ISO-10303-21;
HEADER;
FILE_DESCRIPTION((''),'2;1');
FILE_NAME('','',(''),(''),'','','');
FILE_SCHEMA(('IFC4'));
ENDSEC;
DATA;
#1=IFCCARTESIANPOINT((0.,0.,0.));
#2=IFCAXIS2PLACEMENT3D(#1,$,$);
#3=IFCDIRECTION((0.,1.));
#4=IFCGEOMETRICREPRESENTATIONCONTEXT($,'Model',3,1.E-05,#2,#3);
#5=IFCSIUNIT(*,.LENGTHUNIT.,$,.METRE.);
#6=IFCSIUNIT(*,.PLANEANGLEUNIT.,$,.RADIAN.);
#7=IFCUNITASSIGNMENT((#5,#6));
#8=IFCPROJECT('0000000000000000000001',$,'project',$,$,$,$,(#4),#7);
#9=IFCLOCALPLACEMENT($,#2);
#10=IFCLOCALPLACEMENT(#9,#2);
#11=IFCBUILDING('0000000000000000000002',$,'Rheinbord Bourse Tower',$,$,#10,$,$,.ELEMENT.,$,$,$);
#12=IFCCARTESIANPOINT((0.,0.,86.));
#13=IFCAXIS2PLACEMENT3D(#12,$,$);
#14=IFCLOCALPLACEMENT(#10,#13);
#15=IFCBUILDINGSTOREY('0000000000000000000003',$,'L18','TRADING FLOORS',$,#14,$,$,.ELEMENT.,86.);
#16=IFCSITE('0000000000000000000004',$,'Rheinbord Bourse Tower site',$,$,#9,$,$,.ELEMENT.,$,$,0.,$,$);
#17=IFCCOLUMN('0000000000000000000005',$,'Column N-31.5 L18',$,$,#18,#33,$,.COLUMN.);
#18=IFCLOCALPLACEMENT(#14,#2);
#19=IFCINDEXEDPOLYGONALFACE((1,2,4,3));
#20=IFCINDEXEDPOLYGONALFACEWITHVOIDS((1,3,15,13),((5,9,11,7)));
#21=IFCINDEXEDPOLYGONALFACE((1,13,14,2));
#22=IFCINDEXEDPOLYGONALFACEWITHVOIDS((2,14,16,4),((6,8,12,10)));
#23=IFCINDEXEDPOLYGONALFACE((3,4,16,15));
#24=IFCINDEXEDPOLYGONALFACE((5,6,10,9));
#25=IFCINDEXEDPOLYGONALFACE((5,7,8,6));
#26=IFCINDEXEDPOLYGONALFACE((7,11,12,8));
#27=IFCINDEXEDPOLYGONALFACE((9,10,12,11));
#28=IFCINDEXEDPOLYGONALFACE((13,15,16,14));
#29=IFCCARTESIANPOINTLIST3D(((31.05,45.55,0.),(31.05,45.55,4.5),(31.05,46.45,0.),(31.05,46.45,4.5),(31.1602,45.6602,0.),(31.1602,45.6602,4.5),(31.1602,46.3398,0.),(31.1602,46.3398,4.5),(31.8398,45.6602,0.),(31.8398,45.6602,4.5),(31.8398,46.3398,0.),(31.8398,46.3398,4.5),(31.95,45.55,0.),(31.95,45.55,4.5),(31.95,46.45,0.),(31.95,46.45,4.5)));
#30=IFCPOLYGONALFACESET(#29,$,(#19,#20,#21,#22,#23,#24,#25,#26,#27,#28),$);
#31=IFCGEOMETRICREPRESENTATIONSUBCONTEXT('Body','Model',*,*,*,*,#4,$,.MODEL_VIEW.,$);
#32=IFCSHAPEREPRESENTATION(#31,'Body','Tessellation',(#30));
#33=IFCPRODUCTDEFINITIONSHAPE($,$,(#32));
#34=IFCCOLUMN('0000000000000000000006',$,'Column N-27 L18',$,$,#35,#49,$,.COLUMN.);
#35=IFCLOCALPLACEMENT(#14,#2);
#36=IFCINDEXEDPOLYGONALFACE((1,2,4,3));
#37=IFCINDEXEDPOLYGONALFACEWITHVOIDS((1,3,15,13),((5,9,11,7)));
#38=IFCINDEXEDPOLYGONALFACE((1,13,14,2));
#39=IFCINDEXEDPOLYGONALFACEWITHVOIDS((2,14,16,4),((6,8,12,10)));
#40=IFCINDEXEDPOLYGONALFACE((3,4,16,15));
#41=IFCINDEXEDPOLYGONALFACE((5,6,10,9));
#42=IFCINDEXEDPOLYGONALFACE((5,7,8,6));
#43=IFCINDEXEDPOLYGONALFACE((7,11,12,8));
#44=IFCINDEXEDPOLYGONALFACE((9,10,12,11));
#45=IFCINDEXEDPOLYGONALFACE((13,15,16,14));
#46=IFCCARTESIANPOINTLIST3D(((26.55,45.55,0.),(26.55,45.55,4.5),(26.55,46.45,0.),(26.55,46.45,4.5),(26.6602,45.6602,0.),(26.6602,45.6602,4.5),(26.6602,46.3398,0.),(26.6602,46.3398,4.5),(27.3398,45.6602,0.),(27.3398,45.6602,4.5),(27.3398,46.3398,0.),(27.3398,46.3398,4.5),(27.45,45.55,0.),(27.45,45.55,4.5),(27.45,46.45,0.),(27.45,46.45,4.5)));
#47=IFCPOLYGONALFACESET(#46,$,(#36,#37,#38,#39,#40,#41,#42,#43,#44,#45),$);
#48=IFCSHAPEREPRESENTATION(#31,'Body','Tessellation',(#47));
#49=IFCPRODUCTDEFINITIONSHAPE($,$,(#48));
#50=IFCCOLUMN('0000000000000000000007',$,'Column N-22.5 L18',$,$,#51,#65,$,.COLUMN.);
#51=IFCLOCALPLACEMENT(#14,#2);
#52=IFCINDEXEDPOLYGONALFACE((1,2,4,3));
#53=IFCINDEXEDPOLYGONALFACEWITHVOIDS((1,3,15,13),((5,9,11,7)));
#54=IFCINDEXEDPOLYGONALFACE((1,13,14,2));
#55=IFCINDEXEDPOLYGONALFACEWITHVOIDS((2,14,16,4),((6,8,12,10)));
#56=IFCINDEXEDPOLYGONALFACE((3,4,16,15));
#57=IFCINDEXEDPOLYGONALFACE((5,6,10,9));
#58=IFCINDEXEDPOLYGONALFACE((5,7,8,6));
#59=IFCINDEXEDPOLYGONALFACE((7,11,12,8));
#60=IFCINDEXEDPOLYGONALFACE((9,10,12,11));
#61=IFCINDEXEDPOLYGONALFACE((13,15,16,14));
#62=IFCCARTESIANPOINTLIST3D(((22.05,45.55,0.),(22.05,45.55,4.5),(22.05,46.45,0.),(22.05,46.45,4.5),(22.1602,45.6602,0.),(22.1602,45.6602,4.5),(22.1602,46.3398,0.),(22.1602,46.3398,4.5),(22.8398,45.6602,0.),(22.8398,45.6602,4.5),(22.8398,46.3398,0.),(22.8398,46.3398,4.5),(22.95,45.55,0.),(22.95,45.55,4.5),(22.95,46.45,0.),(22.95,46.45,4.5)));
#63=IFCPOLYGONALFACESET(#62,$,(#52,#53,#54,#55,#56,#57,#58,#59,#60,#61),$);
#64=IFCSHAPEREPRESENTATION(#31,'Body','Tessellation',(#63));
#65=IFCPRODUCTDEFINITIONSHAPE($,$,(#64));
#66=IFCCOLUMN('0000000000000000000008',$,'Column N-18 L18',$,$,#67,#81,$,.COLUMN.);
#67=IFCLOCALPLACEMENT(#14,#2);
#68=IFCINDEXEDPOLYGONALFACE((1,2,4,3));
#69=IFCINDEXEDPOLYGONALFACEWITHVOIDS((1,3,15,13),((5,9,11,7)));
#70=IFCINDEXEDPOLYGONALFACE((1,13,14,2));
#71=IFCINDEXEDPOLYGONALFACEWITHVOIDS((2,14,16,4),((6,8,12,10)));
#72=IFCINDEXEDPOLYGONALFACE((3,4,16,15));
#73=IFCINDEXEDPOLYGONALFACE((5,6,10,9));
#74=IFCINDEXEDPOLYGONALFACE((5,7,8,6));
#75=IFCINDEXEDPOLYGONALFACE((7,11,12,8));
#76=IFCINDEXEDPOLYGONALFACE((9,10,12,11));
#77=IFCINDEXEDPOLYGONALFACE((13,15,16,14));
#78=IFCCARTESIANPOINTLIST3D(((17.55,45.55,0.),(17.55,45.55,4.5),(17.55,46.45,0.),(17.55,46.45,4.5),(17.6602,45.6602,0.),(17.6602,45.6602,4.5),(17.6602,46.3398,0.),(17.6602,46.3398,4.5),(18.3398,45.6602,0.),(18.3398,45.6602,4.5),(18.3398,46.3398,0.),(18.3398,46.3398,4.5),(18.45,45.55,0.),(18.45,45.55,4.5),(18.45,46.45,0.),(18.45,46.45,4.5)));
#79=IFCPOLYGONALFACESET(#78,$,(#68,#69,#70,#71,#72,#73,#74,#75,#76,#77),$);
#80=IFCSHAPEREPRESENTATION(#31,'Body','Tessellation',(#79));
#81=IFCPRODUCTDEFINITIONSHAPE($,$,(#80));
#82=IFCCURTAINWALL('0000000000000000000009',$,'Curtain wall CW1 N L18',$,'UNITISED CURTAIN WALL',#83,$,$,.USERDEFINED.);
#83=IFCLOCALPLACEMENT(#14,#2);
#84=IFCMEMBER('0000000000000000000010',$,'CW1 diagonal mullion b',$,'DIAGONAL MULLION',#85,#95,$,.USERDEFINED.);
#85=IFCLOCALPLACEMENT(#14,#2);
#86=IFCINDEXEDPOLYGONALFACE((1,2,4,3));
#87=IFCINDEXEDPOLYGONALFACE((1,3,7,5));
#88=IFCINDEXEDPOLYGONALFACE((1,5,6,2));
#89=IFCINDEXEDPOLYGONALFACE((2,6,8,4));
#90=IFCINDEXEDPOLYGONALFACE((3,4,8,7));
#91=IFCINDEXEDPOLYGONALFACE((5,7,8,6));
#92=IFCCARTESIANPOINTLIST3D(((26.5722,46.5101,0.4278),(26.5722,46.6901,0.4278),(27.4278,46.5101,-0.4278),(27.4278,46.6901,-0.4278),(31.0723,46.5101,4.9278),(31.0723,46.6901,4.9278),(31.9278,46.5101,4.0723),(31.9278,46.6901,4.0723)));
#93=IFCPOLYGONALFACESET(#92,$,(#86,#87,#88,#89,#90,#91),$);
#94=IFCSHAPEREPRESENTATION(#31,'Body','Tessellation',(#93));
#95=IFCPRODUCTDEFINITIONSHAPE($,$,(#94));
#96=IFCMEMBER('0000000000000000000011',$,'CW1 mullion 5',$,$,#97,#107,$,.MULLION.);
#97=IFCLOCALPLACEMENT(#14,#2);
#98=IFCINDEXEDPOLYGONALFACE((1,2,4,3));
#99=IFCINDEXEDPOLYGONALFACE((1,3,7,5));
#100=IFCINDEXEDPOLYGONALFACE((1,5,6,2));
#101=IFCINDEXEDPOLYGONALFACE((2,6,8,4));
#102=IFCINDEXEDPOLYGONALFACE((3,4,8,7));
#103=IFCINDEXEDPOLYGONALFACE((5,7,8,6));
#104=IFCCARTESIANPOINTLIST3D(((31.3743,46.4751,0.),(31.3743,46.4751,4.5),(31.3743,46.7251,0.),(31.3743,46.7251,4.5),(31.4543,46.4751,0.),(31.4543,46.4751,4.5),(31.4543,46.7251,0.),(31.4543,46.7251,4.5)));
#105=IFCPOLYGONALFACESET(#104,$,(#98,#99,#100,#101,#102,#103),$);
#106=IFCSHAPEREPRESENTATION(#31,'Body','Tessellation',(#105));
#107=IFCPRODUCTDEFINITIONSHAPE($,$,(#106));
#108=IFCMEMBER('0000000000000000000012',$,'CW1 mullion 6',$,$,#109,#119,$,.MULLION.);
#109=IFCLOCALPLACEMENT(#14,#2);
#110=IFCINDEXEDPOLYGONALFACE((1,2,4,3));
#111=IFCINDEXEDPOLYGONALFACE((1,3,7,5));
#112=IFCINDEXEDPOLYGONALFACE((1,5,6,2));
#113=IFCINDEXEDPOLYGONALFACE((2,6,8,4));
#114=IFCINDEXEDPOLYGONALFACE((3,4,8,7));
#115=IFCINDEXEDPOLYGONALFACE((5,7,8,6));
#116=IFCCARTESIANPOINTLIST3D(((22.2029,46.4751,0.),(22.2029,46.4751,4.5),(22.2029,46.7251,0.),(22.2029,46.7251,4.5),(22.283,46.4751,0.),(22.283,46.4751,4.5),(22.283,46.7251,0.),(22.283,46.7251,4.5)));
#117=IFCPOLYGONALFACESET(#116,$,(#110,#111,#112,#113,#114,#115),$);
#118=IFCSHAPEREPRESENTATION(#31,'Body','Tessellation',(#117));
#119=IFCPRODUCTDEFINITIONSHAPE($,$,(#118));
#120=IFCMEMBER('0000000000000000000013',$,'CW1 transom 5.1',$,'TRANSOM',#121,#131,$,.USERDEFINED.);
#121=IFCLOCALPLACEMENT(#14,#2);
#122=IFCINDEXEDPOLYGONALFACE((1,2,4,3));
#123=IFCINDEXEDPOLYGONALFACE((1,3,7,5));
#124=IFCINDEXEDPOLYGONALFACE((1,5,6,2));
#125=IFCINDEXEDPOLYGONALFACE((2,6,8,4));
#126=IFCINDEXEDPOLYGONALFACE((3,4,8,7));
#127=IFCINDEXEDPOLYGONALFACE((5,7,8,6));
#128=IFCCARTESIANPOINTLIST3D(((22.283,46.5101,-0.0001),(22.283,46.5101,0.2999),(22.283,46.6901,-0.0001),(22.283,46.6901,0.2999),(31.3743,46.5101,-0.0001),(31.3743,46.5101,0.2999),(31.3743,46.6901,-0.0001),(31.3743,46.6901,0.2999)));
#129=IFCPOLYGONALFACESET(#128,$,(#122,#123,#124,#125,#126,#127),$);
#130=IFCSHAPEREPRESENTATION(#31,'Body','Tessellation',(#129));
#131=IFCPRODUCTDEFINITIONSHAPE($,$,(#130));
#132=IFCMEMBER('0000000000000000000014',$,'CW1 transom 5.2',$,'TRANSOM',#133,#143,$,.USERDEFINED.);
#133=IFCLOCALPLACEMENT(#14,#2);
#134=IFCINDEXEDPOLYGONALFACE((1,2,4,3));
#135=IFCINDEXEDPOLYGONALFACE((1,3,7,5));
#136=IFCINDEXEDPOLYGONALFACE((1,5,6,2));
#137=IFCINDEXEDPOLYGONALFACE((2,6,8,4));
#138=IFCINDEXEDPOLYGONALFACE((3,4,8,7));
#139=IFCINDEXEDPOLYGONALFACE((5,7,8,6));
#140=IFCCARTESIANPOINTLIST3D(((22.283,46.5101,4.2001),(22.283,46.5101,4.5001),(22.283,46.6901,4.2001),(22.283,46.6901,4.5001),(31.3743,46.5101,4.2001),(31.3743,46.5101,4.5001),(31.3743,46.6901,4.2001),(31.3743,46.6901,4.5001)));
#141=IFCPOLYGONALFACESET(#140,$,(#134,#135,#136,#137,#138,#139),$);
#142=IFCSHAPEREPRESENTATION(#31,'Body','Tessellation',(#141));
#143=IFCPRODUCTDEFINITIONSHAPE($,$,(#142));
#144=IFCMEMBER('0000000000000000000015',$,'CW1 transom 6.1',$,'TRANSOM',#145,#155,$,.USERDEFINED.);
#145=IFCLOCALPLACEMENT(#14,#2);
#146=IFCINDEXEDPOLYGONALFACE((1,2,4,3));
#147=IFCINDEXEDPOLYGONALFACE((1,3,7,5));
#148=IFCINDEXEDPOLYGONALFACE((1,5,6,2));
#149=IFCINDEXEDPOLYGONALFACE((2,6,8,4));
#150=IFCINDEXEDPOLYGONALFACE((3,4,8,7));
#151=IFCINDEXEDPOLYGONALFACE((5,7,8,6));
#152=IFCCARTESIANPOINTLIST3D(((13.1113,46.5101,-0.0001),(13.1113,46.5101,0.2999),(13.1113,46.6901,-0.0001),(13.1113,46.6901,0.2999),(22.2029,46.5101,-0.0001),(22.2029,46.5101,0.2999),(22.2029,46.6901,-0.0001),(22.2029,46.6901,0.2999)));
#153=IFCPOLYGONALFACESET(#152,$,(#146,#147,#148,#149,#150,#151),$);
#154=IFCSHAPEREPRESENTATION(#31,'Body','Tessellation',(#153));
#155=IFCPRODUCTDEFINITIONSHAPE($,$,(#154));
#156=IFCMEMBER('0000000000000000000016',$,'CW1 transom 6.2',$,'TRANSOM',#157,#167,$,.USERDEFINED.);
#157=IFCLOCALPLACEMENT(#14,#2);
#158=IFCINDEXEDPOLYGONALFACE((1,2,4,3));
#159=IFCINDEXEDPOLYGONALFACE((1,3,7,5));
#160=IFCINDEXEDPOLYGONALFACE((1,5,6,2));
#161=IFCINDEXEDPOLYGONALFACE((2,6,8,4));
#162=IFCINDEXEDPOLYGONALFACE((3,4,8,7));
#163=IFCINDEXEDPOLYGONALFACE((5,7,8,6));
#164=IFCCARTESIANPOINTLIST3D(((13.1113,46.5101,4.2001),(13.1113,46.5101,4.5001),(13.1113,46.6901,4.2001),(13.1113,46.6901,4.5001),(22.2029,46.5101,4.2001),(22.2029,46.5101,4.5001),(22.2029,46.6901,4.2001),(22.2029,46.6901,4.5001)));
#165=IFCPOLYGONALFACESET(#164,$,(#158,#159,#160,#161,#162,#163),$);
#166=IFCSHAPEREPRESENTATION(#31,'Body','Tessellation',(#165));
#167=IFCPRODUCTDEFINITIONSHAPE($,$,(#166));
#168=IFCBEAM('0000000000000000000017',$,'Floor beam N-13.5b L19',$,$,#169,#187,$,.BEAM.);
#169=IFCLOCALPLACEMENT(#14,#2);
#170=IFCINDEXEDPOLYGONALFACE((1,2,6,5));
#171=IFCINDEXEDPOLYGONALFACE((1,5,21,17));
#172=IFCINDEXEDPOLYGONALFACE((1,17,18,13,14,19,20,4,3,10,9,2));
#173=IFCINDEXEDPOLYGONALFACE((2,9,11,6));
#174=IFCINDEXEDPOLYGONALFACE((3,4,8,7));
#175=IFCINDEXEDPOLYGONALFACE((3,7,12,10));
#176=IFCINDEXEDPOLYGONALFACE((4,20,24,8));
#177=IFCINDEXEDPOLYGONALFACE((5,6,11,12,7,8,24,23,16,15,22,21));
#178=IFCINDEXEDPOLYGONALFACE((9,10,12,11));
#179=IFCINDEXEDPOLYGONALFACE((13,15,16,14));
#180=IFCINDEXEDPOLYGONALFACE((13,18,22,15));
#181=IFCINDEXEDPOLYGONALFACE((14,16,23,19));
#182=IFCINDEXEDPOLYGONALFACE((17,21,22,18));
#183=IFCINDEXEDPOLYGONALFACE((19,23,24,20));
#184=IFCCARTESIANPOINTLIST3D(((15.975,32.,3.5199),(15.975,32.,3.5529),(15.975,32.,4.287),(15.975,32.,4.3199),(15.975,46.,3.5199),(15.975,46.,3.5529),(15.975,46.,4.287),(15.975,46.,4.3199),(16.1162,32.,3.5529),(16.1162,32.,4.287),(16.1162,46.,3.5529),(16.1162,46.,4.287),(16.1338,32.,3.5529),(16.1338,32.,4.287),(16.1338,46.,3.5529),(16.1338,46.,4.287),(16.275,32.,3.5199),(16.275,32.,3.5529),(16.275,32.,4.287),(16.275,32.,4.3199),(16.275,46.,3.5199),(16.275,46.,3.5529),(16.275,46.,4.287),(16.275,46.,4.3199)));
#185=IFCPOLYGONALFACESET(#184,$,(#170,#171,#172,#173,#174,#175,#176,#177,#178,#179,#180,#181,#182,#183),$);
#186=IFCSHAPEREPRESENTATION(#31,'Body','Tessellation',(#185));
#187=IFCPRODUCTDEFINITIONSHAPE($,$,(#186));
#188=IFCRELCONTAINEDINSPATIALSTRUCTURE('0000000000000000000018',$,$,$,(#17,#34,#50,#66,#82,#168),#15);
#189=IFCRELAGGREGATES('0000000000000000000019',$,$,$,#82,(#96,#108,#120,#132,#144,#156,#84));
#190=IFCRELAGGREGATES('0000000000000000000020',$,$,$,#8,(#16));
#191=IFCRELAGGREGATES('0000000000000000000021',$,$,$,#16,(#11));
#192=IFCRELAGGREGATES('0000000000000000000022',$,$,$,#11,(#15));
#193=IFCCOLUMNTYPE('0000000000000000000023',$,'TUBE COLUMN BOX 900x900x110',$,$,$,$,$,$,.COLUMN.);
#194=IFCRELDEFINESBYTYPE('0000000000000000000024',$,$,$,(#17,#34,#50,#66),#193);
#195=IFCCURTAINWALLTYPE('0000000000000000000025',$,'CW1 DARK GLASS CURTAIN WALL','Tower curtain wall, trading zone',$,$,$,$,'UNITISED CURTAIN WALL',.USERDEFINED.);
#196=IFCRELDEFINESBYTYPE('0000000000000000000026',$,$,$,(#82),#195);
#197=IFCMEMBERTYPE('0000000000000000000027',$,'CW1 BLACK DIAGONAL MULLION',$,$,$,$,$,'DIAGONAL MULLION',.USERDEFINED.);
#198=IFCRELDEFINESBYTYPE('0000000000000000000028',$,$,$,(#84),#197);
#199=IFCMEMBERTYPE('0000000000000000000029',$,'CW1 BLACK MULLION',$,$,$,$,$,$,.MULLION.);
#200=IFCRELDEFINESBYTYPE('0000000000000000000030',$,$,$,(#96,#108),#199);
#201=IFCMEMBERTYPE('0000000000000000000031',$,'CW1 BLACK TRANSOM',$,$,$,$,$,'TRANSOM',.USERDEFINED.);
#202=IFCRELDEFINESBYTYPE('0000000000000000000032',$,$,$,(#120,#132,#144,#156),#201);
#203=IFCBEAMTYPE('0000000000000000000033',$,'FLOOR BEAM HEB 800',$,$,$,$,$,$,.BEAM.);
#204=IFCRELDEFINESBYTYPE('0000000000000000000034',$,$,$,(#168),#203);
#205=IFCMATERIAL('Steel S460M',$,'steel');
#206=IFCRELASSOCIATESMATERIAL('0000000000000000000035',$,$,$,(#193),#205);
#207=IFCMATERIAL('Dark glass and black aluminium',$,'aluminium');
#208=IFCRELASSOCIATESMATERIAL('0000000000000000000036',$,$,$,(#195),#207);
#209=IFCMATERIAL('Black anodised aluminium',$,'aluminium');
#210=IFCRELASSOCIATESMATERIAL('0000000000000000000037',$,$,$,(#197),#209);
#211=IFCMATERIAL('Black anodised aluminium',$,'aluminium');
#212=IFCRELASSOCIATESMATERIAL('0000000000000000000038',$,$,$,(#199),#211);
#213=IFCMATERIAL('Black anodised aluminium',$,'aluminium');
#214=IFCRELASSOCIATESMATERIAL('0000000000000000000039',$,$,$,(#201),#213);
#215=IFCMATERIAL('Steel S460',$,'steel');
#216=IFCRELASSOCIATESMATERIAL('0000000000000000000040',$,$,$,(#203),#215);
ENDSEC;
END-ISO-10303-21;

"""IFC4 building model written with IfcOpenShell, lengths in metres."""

from ifc_helpers import new_model, si_unit, direction, frame, origin, origin_2d, place, context, subcontext, project, spatial, rectangle, hollow_rectangle, i_section, extrude, material, material_profile, profile_set, type_object, element, aggregate, save


model = new_model("IFC4")

# Units and contexts
model_context = context("Model", 3, precision=1e-05, world=origin(), true_north=direction((0.0, 1.0)))
body_context = subcontext(model_context, "Body", "Model", "MODEL_VIEW")
ifc_project = project(units=[si_unit("LENGTHUNIT", "METRE"), si_unit("PLANEANGLEUNIT", "RADIAN")], contexts=[model_context])

# Site, building, storey
site_placement = place(None, origin())
site = spatial("IfcSite", under=ifc_project, at=site_placement, Name="Rheinbord Bourse Tower site", CompositionType="ELEMENT", RefElevation=0.0)
building_placement = place(site_placement, origin())
building = spatial("IfcBuilding", under=site, at=building_placement, Name="Rheinbord Bourse Tower", CompositionType="ELEMENT")
storey_placement = place(building_placement, frame((0.0, 0.0, 86.0)))
storey = spatial("IfcBuildingStorey", under=building, at=storey_placement, Name="L18", Description="TRADING FLOORS", CompositionType="ELEMENT", Elevation=86.0)

# Columns
ifc_material_1 = material(Name="Steel S460M", Category="steel")
ifc_material_profile_1 = material_profile(ifc_material_1, hollow_rectangle(XDim=0.8999, YDim=0.8999, WallThickness=0.1101, at=origin_2d()), Name="BOX 900x900x110")
ifc_profile_set_1 = profile_set([ifc_material_profile_1], Name="Steel S460M")
column_type = type_object("IfcColumnType", Name="TUBE COLUMN BOX 900x900x110", PredefinedType="COLUMN", material=ifc_profile_set_1)
for number, where, z_axis, x_axis, name in (
    (1, (31.5, 46.0, 0.0), (0.0, 0.0, 1.0), (0.0, 1.0, 0.0), "Column N-31.5 L18"),
    (2, (27.0, 46.0, 0.0), (0.0, 0.0, 1.0), (0.0, 1.0, 0.0), "Column N-27 L18"),
    (3, (22.5, 46.0, 0.0), (0.0, 0.0, 1.0), (0.0, 1.0, 0.0), "Column N-22.5 L18"),
    (4, (18.0, 46.0, 0.0), (0.0, 0.0, 1.0), (0.0, 1.0, 0.0), "Column N-18 L18"),
):
    element("IfcColumn", number, at=place(storey_placement, frame(where, z_axis=z_axis, x_axis=x_axis)), inside=storey, type_object=column_type, Name=name, PredefinedType="COLUMN", context=body_context, shape_type="SweptSolid", body=[
        extrude(hollow_rectangle(XDim=0.8999, YDim=0.8999, WallThickness=0.1101, at=origin_2d()), origin(), (0.0, 0.0, 1.0), 4.5),
    ])

# Curtain wall, members
ifc_material_2 = material(Name="Dark glass and black aluminium", Category="aluminium")
curtain_wall_type = type_object("IfcCurtainWallType", Name="CW1 DARK GLASS CURTAIN WALL", Description="Tower curtain wall, trading zone", ElementType="UNITISED CURTAIN WALL", PredefinedType="USERDEFINED", material=ifc_material_2)
curtain_wall_placement = place(storey_placement, origin())
curtain_wall = element("IfcCurtainWall", 5, at=curtain_wall_placement, inside=storey, type_object=curtain_wall_type, Name="Curtain wall CW1 N L18", ObjectType="UNITISED CURTAIN WALL", PredefinedType="USERDEFINED")
ifc_material_3 = material(Name="Black anodised aluminium", Category="aluminium")
ifc_material_profile_2 = material_profile(ifc_material_3, rectangle(XDim=0.1799, YDim=1.21, at=origin_2d()), Name="CW1 DIAGONAL MULLION 1210x180")
ifc_profile_set_2 = profile_set([ifc_material_profile_2], Name="Black anodised aluminium")
member_type_1 = type_object("IfcMemberType", Name="CW1 BLACK DIAGONAL MULLION", ElementType="DIAGONAL MULLION", PredefinedType="USERDEFINED", material=ifc_profile_set_2)
member_1_placement = place(storey_placement, frame((27.0, 46.6001, 0.0), z_axis=(0.707107, 0.0, 0.707107), x_axis=(0.0, 1.0, 0.0)))
member_1 = element("IfcMember", 6, at=member_1_placement, type_object=member_type_1, Name="CW1 diagonal mullion b", ObjectType="DIAGONAL MULLION", PredefinedType="USERDEFINED", context=body_context, shape_type="SweptSolid", body=[
    extrude(rectangle(XDim=0.1799, YDim=1.21, at=origin_2d()), origin(), (0.0, 0.0, 1.0), 6.364),
])
ifc_material_4 = material(Name="Black anodised aluminium", Category="aluminium")
ifc_material_profile_3 = material_profile(ifc_material_4, rectangle(XDim=0.25, YDim=0.0801, at=origin_2d()), Name="CW1 MULLION 80x250")
ifc_profile_set_3 = profile_set([ifc_material_profile_3], Name="Black anodised aluminium")
member_type_2 = type_object("IfcMemberType", Name="CW1 BLACK MULLION", PredefinedType="MULLION", material=ifc_profile_set_3)
member_2_placement = place(storey_placement, frame((31.4143, 46.6001, 0.0), z_axis=(0.0, 0.0, 1.0), x_axis=(0.0, -1.0, 0.0)))
member_2 = element("IfcMember", 7, at=member_2_placement, type_object=member_type_2, Name="CW1 mullion 5", PredefinedType="MULLION", context=body_context, shape_type="SweptSolid", body=[
    extrude(rectangle(XDim=0.25, YDim=0.0801, at=origin_2d()), origin(), (0.0, 0.0, 1.0), 4.5),
])
member_3_placement = place(storey_placement, frame((22.2429, 46.6001, 0.0), z_axis=(0.0, 0.0, 1.0), x_axis=(0.0, -1.0, 0.0)))
member_3 = element("IfcMember", 8, at=member_3_placement, type_object=member_type_2, Name="CW1 mullion 6", PredefinedType="MULLION", context=body_context, shape_type="SweptSolid", body=[
    extrude(rectangle(XDim=0.25, YDim=0.0801, at=origin_2d()), origin(), (0.0, 0.0, 1.0), 4.5),
])
ifc_material_5 = material(Name="Black anodised aluminium", Category="aluminium")
ifc_material_profile_4 = material_profile(ifc_material_5, rectangle(XDim=0.1799, YDim=0.3, at=origin_2d()), Name="CW1 TRANSOM 300x180")
ifc_profile_set_4 = profile_set([ifc_material_profile_4], Name="Black anodised aluminium")
member_type_3 = type_object("IfcMemberType", Name="CW1 BLACK TRANSOM", ElementType="TRANSOM", PredefinedType="USERDEFINED", material=ifc_profile_set_4)
member_4_placement = place(storey_placement, frame((31.3743, 46.6001, 0.1499), z_axis=(-1.0, 0.0, 0.0), x_axis=(0.0, -1.0, 0.0)))
member_4 = element("IfcMember", 9, at=member_4_placement, type_object=member_type_3, Name="CW1 transom 5.1", ObjectType="TRANSOM", PredefinedType="USERDEFINED", context=body_context, shape_type="SweptSolid", body=[
    extrude(rectangle(XDim=0.1799, YDim=0.3, at=origin_2d()), origin(), (0.0, 0.0, 1.0), 9.0913),
])
member_5_placement = place(storey_placement, frame((31.3743, 46.6001, 4.3501), z_axis=(-1.0, 0.0, 0.0), x_axis=(0.0, -1.0, 0.0)))
member_5 = element("IfcMember", 10, at=member_5_placement, type_object=member_type_3, Name="CW1 transom 5.2", ObjectType="TRANSOM", PredefinedType="USERDEFINED", context=body_context, shape_type="SweptSolid", body=[
    extrude(rectangle(XDim=0.1799, YDim=0.3, at=origin_2d()), origin(), (0.0, 0.0, 1.0), 9.0913),
])
member_6_placement = place(storey_placement, frame((22.2029, 46.6001, 0.1499), z_axis=(-1.0, 0.0, 0.0), x_axis=(0.0, -1.0, 0.0)))
member_6 = element("IfcMember", 11, at=member_6_placement, type_object=member_type_3, Name="CW1 transom 6.1", ObjectType="TRANSOM", PredefinedType="USERDEFINED", context=body_context, shape_type="SweptSolid", body=[
    extrude(rectangle(XDim=0.1799, YDim=0.3, at=origin_2d()), origin(), (0.0, 0.0, 1.0), 9.0916),
])
member_7_placement = place(storey_placement, frame((22.2029, 46.6001, 4.3501), z_axis=(-1.0, 0.0, 0.0), x_axis=(0.0, -1.0, 0.0)))
member_7 = element("IfcMember", 12, at=member_7_placement, type_object=member_type_3, Name="CW1 transom 6.2", ObjectType="TRANSOM", PredefinedType="USERDEFINED", context=body_context, shape_type="SweptSolid", body=[
    extrude(rectangle(XDim=0.1799, YDim=0.3, at=origin_2d()), origin(), (0.0, 0.0, 1.0), 9.0916),
])

# Beam
ifc_material_6 = material(Name="Steel S460", Category="steel")
ifc_material_profile_5 = material_profile(ifc_material_6, i_section(OverallWidth=0.3, OverallDepth=0.8, WebThickness=0.0176, FlangeThickness=0.033, at=origin_2d()), Name="HEB 800")
ifc_profile_set_5 = profile_set([ifc_material_profile_5], Name="Steel S460")
beam_type_1 = type_object("IfcBeamType", Name="FLOOR BEAM HEB 800", PredefinedType="BEAM", material=ifc_profile_set_5)
beam_placement = place(storey_placement, frame((16.125, 46.0, 3.9199), z_axis=(0.0, -1.0, 0.0), x_axis=(1.0, 0.0, 0.0)))
element("IfcBeam", 13, at=beam_placement, inside=storey, type_object=beam_type_1, Name="Floor beam N-13.5b L19", PredefinedType="BEAM", context=body_context, shape_type="SweptSolid", body=[
    extrude(i_section(OverallWidth=0.3, OverallDepth=0.8, WebThickness=0.0176, FlangeThickness=0.033, at=origin_2d()), origin(), (0.0, 0.0, 1.0), 14.0),
])

aggregate(curtain_wall, [member_2, member_3, member_4, member_5, member_6, member_7, member_1])

save(model, "model.ifc")
